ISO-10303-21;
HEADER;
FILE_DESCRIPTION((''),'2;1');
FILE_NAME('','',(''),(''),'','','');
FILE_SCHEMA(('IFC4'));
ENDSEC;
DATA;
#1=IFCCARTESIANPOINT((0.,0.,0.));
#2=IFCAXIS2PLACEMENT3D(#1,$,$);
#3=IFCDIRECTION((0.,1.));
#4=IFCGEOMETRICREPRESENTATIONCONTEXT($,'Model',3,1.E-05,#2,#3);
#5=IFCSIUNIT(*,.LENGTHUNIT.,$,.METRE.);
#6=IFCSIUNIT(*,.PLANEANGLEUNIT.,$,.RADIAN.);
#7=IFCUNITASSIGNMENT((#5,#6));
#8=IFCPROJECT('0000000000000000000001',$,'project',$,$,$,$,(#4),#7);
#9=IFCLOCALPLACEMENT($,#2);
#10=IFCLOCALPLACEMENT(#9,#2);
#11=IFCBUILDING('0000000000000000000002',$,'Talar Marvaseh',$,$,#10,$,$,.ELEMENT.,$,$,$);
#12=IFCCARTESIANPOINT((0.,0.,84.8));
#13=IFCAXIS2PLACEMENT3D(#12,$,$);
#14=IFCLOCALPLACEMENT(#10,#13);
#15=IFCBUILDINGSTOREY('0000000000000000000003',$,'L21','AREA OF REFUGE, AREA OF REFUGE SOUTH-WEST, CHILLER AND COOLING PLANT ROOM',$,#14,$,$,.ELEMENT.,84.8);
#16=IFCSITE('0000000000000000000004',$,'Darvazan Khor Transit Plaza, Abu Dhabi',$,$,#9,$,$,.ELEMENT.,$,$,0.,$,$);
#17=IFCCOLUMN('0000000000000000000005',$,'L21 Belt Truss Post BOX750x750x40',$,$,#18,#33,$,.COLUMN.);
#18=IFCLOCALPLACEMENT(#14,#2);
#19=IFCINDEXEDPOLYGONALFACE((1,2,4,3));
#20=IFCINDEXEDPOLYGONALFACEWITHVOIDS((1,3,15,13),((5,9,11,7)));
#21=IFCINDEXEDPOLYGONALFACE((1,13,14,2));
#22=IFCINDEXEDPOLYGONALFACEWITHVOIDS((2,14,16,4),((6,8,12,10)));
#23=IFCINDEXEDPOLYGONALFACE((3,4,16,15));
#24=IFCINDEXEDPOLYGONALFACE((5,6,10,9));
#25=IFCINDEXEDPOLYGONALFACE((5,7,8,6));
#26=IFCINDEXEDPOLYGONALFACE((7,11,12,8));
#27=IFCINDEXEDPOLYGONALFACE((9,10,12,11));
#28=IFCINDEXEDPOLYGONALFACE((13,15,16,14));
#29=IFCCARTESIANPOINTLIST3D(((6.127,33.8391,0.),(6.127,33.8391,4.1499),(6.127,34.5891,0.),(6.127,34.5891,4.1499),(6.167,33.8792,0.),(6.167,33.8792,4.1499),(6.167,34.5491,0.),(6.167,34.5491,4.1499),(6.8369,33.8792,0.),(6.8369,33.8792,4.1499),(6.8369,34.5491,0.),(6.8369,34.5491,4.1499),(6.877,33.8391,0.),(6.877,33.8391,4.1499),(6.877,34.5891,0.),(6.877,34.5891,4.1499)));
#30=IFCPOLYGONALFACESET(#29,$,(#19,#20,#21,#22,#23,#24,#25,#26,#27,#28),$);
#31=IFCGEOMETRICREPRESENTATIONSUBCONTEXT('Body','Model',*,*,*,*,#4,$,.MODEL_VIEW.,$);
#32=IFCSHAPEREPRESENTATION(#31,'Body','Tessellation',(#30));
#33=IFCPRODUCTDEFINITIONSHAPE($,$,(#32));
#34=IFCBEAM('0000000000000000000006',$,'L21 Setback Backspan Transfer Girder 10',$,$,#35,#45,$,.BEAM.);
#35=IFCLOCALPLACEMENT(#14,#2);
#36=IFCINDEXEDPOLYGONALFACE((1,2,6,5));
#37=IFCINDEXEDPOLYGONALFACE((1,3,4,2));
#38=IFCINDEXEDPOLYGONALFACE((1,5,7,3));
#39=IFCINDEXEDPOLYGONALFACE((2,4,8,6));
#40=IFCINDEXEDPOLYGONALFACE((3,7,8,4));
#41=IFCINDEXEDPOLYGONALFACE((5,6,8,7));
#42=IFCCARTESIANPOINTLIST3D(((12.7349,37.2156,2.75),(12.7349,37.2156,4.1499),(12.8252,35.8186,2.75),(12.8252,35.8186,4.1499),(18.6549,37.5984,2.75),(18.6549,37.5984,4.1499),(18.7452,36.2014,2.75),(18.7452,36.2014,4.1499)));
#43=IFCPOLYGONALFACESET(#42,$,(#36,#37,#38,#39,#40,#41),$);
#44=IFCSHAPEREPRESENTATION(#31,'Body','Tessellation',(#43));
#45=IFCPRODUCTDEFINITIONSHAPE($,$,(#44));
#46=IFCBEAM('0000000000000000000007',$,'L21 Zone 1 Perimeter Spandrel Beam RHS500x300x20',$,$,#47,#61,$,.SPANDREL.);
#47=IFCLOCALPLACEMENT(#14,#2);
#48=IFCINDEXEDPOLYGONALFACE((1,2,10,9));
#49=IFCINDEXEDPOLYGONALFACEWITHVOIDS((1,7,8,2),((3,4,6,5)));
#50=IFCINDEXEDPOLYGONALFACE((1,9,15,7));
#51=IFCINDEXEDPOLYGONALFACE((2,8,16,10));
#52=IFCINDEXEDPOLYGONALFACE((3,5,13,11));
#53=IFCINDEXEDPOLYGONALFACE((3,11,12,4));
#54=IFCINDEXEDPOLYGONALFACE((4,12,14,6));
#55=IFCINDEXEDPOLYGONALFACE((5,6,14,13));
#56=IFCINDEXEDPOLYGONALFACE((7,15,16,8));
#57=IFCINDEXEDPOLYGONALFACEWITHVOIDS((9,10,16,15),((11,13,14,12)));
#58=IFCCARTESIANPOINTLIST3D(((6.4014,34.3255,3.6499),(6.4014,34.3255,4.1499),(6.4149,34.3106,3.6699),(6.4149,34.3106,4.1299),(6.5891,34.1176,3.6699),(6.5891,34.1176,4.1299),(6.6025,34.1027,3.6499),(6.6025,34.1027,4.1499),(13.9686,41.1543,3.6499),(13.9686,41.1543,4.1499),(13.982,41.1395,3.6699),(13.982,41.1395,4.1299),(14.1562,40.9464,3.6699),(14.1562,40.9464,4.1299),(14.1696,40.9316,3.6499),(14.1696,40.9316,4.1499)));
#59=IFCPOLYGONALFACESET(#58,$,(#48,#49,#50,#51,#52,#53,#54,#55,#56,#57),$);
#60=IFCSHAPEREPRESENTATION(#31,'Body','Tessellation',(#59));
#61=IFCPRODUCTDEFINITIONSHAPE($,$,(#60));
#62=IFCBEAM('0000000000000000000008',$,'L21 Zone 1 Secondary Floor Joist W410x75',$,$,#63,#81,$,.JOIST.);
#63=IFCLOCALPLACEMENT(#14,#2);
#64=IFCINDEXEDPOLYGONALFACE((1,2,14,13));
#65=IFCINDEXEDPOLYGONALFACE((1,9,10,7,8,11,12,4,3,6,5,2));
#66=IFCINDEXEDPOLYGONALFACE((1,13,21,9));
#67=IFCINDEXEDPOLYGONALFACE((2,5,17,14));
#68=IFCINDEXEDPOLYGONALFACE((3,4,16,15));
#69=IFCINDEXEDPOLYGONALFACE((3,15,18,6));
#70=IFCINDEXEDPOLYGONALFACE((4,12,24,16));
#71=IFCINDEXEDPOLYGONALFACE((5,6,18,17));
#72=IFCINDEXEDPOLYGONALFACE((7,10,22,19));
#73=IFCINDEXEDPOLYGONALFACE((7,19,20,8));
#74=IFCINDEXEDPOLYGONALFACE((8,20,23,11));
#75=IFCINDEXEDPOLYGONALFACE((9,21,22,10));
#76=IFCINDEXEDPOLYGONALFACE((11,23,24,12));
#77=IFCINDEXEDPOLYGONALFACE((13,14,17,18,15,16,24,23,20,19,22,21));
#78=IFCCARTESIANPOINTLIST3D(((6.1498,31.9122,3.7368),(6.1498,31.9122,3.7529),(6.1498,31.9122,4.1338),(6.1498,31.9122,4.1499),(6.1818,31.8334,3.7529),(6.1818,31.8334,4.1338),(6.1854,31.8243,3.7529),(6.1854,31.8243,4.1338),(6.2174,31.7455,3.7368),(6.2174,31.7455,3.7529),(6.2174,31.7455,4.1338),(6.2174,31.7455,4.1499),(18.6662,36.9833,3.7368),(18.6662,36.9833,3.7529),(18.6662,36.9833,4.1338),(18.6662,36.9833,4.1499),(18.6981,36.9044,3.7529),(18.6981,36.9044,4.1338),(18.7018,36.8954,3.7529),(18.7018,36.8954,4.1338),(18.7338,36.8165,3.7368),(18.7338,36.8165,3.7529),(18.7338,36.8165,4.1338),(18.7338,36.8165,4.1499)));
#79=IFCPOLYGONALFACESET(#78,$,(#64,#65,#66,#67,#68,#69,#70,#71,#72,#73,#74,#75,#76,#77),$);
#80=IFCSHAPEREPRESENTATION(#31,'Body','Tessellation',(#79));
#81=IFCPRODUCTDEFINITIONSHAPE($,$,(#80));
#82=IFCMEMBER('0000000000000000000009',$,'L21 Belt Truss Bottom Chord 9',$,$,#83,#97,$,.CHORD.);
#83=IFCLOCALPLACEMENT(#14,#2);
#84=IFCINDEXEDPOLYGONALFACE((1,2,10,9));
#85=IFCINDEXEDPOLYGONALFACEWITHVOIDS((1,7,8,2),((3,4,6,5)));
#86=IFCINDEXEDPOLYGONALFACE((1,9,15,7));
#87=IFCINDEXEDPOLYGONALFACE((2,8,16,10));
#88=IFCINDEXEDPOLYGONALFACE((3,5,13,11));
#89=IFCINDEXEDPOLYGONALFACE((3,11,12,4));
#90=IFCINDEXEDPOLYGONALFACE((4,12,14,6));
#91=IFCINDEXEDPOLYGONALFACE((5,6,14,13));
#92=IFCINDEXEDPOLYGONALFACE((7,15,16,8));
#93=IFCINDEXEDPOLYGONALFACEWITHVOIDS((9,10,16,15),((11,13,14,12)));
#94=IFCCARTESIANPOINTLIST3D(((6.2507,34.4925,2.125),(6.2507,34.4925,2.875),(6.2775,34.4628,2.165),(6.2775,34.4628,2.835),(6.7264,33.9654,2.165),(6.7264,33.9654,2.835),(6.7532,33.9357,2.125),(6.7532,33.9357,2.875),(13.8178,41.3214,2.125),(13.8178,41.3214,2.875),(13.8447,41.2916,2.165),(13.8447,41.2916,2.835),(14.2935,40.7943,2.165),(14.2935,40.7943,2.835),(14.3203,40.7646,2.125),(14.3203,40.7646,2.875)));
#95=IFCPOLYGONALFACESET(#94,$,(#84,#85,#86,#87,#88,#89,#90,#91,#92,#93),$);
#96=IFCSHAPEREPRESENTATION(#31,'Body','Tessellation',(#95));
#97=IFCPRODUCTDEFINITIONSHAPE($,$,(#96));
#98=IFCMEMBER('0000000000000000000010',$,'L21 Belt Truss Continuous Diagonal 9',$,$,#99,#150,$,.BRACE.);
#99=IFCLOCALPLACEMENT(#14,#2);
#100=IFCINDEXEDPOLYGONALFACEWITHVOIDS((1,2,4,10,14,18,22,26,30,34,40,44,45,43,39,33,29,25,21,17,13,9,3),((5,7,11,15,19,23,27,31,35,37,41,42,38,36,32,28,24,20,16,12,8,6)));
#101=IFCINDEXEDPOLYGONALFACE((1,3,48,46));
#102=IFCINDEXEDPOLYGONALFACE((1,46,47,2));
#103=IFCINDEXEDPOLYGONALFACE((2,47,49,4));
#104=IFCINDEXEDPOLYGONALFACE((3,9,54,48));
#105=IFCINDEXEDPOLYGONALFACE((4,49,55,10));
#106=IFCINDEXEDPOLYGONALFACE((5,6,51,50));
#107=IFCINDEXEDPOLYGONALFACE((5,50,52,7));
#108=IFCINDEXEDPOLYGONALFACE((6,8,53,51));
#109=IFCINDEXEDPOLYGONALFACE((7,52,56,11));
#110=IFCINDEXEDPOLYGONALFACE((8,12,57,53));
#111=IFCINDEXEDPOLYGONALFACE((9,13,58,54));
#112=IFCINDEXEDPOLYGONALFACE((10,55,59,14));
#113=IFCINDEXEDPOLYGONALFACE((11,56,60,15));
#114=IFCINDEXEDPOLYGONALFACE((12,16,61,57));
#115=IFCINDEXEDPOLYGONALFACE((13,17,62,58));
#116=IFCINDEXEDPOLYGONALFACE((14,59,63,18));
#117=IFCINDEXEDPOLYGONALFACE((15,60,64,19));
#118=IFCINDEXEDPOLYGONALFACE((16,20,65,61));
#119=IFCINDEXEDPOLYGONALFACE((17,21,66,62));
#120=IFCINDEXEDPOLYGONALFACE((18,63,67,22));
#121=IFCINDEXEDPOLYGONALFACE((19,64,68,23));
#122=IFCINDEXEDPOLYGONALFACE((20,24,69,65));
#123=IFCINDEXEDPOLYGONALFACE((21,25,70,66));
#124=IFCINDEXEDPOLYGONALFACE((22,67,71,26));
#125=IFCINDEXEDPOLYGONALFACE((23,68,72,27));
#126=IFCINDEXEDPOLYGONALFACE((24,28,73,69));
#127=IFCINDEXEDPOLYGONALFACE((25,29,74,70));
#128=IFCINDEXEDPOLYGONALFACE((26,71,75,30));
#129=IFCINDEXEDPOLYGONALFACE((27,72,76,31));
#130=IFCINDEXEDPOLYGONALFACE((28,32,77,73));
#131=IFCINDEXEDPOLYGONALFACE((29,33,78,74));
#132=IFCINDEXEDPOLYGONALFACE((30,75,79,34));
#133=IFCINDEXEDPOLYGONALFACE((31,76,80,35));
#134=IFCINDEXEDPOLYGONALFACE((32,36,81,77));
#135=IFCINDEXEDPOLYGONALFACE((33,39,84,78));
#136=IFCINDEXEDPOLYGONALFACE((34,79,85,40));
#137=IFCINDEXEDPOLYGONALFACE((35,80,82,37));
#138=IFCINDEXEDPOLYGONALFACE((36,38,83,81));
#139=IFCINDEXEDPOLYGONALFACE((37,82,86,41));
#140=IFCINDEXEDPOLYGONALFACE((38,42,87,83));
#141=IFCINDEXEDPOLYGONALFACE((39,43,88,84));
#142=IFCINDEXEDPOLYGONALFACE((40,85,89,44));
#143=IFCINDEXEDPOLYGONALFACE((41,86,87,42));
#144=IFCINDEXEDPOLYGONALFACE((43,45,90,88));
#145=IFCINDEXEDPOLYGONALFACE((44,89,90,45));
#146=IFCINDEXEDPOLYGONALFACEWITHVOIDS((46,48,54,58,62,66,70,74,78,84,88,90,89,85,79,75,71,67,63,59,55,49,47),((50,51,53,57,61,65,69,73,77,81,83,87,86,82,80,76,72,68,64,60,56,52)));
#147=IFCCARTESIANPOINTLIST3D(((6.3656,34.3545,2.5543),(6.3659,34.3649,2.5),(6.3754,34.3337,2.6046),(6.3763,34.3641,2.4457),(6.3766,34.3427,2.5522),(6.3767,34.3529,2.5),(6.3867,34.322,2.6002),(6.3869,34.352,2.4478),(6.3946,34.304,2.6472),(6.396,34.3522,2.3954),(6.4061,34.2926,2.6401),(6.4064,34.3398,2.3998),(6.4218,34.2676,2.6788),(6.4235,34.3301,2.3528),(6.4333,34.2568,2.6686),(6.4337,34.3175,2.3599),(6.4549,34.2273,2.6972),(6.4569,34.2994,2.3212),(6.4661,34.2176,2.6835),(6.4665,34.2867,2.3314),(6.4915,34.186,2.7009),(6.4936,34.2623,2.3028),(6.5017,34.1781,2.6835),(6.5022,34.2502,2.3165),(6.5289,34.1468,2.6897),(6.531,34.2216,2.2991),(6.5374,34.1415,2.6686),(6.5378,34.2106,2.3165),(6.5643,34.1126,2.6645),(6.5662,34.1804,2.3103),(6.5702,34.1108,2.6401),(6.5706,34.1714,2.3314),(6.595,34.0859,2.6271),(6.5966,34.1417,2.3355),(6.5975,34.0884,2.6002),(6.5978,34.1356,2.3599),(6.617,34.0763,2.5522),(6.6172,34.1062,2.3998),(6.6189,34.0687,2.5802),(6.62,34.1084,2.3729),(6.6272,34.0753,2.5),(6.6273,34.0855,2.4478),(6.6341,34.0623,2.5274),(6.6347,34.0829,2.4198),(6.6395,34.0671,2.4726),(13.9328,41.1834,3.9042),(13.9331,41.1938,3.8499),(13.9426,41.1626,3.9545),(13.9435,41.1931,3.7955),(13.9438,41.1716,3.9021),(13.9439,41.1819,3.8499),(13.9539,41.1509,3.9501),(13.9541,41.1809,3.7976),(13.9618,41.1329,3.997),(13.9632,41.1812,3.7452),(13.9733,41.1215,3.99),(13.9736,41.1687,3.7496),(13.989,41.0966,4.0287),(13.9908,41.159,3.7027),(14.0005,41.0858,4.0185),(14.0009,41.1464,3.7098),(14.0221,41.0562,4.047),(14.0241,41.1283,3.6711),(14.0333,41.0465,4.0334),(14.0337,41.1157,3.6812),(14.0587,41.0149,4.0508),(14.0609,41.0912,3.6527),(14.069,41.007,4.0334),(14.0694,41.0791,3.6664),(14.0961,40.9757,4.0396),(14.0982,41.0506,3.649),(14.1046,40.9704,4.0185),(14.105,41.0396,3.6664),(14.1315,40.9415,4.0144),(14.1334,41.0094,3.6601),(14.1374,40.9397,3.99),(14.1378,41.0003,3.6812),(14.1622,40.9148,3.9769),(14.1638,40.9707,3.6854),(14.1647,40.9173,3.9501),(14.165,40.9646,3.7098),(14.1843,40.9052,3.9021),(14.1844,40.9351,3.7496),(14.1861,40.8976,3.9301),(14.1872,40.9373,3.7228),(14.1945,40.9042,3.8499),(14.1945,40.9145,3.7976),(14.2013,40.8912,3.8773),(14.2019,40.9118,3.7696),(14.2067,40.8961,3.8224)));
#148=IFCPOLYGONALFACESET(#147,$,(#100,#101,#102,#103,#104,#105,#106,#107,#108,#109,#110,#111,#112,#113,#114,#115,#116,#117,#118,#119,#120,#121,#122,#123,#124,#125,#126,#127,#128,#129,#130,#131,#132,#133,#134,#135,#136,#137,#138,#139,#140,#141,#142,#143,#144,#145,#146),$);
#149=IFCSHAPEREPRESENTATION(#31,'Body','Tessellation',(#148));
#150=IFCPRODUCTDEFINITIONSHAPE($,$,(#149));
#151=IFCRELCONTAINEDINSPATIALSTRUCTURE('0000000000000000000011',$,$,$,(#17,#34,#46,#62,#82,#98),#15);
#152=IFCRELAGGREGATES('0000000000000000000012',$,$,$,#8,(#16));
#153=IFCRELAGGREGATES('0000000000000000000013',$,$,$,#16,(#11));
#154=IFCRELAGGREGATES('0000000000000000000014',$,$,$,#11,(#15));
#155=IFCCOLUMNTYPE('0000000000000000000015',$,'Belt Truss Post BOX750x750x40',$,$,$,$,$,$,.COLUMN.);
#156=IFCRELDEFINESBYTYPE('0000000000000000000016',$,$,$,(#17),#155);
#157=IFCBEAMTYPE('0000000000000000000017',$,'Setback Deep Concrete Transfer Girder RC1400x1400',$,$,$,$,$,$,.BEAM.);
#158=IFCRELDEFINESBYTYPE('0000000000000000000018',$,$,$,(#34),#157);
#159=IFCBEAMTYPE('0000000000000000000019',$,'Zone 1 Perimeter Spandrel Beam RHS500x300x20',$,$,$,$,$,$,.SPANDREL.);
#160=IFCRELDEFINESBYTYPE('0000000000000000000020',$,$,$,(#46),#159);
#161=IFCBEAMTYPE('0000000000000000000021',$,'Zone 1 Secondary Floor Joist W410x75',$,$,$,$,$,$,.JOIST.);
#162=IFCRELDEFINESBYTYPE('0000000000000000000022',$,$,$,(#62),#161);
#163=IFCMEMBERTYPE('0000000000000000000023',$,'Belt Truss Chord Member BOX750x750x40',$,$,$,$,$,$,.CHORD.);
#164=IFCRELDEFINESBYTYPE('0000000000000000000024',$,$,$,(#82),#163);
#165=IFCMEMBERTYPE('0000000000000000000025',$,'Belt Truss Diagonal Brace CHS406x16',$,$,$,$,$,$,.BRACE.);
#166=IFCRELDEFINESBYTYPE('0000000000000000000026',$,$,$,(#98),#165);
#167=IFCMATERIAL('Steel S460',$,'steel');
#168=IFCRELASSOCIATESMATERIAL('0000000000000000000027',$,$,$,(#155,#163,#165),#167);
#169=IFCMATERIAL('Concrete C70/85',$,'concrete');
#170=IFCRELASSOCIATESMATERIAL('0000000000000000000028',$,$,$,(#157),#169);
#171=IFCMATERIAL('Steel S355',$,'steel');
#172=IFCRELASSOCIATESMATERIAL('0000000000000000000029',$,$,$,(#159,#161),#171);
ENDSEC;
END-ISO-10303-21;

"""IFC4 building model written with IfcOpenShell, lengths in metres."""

from ifc_helpers import new_model, si_unit, direction, frame, origin, origin_2d, place, context, subcontext, project, spatial, rectangle, hollow_rectangle, hollow_circle, i_section, extrude, source, transform, mapped, material, material_profile, profile_set, type_object, type_shapes, element, save


model = new_model("IFC4")

# Units and contexts
model_context = context("Model", 3, precision=1e-05, world=origin(), true_north=direction((0.0, 1.0)))
body_context = subcontext(model_context, "Body", "Model", "MODEL_VIEW")
ifc_project = project(units=[si_unit("LENGTHUNIT", "METRE"), si_unit("PLANEANGLEUNIT", "RADIAN")], contexts=[model_context])

# Site, building, storey
site_placement = place(None, origin())
site = spatial("IfcSite", under=ifc_project, at=site_placement, Name="Darvazan Khor Transit Plaza, Abu Dhabi", CompositionType="ELEMENT", RefElevation=0.0)
building_placement = place(site_placement, origin())
building = spatial("IfcBuilding", under=site, at=building_placement, Name="Talar Marvaseh", CompositionType="ELEMENT")
storey_placement = place(building_placement, frame((0.0, 0.0, 84.8)))
storey = spatial("IfcBuildingStorey", under=building, at=storey_placement, Name="L21", Description="AREA OF REFUGE, AREA OF REFUGE SOUTH-WEST, CHILLER AND COOLING PLANT ROOM", CompositionType="ELEMENT", Elevation=84.8)

# Column
ifc_material_1 = material(Name="Steel S460", Category="steel")
ifc_material_profile_1 = material_profile(ifc_material_1, hollow_rectangle(XDim=0.75, YDim=0.75, WallThickness=0.04, at=origin_2d()), Name="BOX750x750x40")
ifc_profile_set_1 = profile_set([ifc_material_profile_1], Name="Steel S460")
column_type = type_object("IfcColumnType", Name="Belt Truss Post BOX750x750x40", PredefinedType="COLUMN", material=ifc_profile_set_1)
column_placement = place(storey_placement, frame((6.502, 34.2141, 0.0), z_axis=(0.0, 0.0, 1.0), x_axis=(1.0, 0.0, 0.0)))
element("IfcColumn", 1, at=column_placement, inside=storey, type_object=column_type, Name="L21 Belt Truss Post BOX750x750x40", PredefinedType="COLUMN", context=body_context, shape_type="SweptSolid", body=[
    extrude(hollow_rectangle(XDim=0.75, YDim=0.75, WallThickness=0.04, at=origin_2d()), origin(), (0.0, 0.0, 1.0), 4.1499),
])

# Beams
ifc_material_2 = material(Name="Concrete C70/85", Category="concrete")
ifc_material_profile_2 = material_profile(ifc_material_2, rectangle(XDim=1.3999, YDim=1.3999, at=origin_2d()), Name="RC1400x1400")
ifc_profile_set_2 = profile_set([ifc_material_profile_2], Name="Concrete C70/85")
beam_type_1 = type_object("IfcBeamType", Name="Setback Deep Concrete Transfer Girder RC1400x1400", PredefinedType="BEAM", material=ifc_profile_set_2)
beam_1_placement = place(storey_placement, frame((12.78, 36.5171, 3.45), z_axis=(0.997916, 0.06453, 0.0), x_axis=(-0.06453, 0.997916, 0.0)))
element("IfcBeam", 2, at=beam_1_placement, inside=storey, type_object=beam_type_1, Name="L21 Setback Backspan Transfer Girder 10", PredefinedType="BEAM", context=body_context, shape_type="SweptSolid", body=[
    extrude(rectangle(XDim=1.3999, YDim=1.3999, at=origin_2d()), origin(), (0.0, 0.0, 1.0), 5.9324),
])
ifc_material_3 = material(Name="Steel S355", Category="steel")
ifc_material_profile_3 = material_profile(ifc_material_3, hollow_rectangle(XDim=0.3, YDim=0.5, WallThickness=0.02, at=origin_2d()), Name="RHS500x300x20")
ifc_profile_set_3 = profile_set([ifc_material_profile_3], Name="Steel S355")
beam_type_2 = type_object("IfcBeamType", Name="Zone 1 Perimeter Spandrel Beam RHS500x300x20", PredefinedType="SPANDREL", material=ifc_profile_set_3)
beam_2_placement = place(storey_placement, frame((6.502, 34.2141, 3.8999), z_axis=(0.742394, 0.669963, 0.0), x_axis=(-0.669963, 0.742394, 0.0)))
element("IfcBeam", 3, at=beam_2_placement, inside=storey, type_object=beam_type_2, Name="L21 Zone 1 Perimeter Spandrel Beam RHS500x300x20", PredefinedType="SPANDREL", context=body_context, shape_type="SweptSolid", body=[
    extrude(hollow_rectangle(XDim=0.3, YDim=0.5, WallThickness=0.02, at=origin_2d()), origin(), (0.0, 0.0, 1.0), 10.1929),
])
ifc_material_profile_4 = material_profile(ifc_material_3, i_section(OverallWidth=0.1799, OverallDepth=0.4131, WebThickness=0.0098, FlangeThickness=0.0161, at=origin_2d()), Name="W410x75")
ifc_profile_set_4 = profile_set([ifc_material_profile_4], Name="Steel S355")
beam_type_3 = type_object("IfcBeamType", Name="Zone 1 Secondary Floor Joist W410x75", PredefinedType="JOIST", material=ifc_profile_set_4)
beam_3_placement = place(storey_placement, frame((6.1836, 31.8289, 3.9434), z_axis=(0.926821, 0.375505, 0.0), x_axis=(-0.375505, 0.926821, 0.0)))
element("IfcBeam", 4, at=beam_3_placement, inside=storey, type_object=beam_type_3, Name="L21 Zone 1 Secondary Floor Joist W410x75", PredefinedType="JOIST", context=body_context, shape_type="SweptSolid", body=[
    extrude(i_section(OverallWidth=0.1799, OverallDepth=0.4131, WebThickness=0.0098, FlangeThickness=0.0161, at=origin_2d()), origin(), (0.0, 0.0, 1.0), 13.5046),
])

# Members
ifc_material_profile_5 = material_profile(ifc_material_1, hollow_rectangle(XDim=0.75, YDim=0.75, WallThickness=0.04, at=origin_2d()), Name="BOX750x750x40")
ifc_profile_set_5 = profile_set([ifc_material_profile_5], Name="Steel S460")
member_type_1 = type_object("IfcMemberType", Name="Belt Truss Chord Member BOX750x750x40", PredefinedType="CHORD", material=ifc_profile_set_5)
shared_shape_1 = source(origin(), body_context, "Body", "SweptSolid", [
    extrude(hollow_rectangle(XDim=0.75, YDim=0.75, WallThickness=0.04, at=origin_2d()), origin(), (0.0, 0.0, 1.0), 10.1929),
])
type_shapes(member_type_1, [shared_shape_1])
member_1_placement = place(storey_placement, frame((6.502, 34.2141, 2.5), z_axis=(0.742394, 0.669963, 0.0), x_axis=(-0.669963, 0.742394, 0.0)))
element("IfcMember", 5, at=member_1_placement, inside=storey, type_object=member_type_1, Name="L21 Belt Truss Bottom Chord 9", PredefinedType="CHORD", context=body_context, shape_type="MappedRepresentation", body=[
    mapped(shared_shape_1, transform((0.0, 0.0, 0.0), x_axis=(1.0, 0.0, 0.0), y_axis=(0.0, 1.0, 0.0), z_axis=(0.0, 0.0, 1.0), scale=1.0)),
])
ifc_material_profile_6 = material_profile(ifc_material_1, hollow_circle(Radius=0.2031, WallThickness=0.0161, at=origin_2d()), Name="CHS406x16")
ifc_profile_set_6 = profile_set([ifc_material_profile_6], Name="Steel S460")
member_type_2 = type_object("IfcMemberType", Name="Belt Truss Diagonal Brace CHS406x16", PredefinedType="BRACE", material=ifc_profile_set_6)
shared_shape_2 = source(origin(), body_context, "Body", "SweptSolid", [
    extrude(hollow_circle(Radius=0.2031, WallThickness=0.0161, at=origin_2d()), origin(), (0.0, 0.0, 1.0), 10.282),
])
member_2_placement = place(storey_placement, frame((6.502, 34.2141, 2.5), z_axis=(0.735969, 0.664165, 0.131285), x_axis=(-0.669963, 0.742394, 0.0)))
element("IfcMember", 6, at=member_2_placement, inside=storey, type_object=member_type_2, Name="L21 Belt Truss Continuous Diagonal 9", PredefinedType="BRACE", context=body_context, shape_type="MappedRepresentation", body=[
    mapped(shared_shape_2, transform((0.0, 0.0, 0.0), x_axis=(1.0, 0.0, 0.0), y_axis=(0.0, 1.0, 0.0), z_axis=(0.0, 0.0, 1.0), scale=1.0)),
])

save(model, "model.ifc")
